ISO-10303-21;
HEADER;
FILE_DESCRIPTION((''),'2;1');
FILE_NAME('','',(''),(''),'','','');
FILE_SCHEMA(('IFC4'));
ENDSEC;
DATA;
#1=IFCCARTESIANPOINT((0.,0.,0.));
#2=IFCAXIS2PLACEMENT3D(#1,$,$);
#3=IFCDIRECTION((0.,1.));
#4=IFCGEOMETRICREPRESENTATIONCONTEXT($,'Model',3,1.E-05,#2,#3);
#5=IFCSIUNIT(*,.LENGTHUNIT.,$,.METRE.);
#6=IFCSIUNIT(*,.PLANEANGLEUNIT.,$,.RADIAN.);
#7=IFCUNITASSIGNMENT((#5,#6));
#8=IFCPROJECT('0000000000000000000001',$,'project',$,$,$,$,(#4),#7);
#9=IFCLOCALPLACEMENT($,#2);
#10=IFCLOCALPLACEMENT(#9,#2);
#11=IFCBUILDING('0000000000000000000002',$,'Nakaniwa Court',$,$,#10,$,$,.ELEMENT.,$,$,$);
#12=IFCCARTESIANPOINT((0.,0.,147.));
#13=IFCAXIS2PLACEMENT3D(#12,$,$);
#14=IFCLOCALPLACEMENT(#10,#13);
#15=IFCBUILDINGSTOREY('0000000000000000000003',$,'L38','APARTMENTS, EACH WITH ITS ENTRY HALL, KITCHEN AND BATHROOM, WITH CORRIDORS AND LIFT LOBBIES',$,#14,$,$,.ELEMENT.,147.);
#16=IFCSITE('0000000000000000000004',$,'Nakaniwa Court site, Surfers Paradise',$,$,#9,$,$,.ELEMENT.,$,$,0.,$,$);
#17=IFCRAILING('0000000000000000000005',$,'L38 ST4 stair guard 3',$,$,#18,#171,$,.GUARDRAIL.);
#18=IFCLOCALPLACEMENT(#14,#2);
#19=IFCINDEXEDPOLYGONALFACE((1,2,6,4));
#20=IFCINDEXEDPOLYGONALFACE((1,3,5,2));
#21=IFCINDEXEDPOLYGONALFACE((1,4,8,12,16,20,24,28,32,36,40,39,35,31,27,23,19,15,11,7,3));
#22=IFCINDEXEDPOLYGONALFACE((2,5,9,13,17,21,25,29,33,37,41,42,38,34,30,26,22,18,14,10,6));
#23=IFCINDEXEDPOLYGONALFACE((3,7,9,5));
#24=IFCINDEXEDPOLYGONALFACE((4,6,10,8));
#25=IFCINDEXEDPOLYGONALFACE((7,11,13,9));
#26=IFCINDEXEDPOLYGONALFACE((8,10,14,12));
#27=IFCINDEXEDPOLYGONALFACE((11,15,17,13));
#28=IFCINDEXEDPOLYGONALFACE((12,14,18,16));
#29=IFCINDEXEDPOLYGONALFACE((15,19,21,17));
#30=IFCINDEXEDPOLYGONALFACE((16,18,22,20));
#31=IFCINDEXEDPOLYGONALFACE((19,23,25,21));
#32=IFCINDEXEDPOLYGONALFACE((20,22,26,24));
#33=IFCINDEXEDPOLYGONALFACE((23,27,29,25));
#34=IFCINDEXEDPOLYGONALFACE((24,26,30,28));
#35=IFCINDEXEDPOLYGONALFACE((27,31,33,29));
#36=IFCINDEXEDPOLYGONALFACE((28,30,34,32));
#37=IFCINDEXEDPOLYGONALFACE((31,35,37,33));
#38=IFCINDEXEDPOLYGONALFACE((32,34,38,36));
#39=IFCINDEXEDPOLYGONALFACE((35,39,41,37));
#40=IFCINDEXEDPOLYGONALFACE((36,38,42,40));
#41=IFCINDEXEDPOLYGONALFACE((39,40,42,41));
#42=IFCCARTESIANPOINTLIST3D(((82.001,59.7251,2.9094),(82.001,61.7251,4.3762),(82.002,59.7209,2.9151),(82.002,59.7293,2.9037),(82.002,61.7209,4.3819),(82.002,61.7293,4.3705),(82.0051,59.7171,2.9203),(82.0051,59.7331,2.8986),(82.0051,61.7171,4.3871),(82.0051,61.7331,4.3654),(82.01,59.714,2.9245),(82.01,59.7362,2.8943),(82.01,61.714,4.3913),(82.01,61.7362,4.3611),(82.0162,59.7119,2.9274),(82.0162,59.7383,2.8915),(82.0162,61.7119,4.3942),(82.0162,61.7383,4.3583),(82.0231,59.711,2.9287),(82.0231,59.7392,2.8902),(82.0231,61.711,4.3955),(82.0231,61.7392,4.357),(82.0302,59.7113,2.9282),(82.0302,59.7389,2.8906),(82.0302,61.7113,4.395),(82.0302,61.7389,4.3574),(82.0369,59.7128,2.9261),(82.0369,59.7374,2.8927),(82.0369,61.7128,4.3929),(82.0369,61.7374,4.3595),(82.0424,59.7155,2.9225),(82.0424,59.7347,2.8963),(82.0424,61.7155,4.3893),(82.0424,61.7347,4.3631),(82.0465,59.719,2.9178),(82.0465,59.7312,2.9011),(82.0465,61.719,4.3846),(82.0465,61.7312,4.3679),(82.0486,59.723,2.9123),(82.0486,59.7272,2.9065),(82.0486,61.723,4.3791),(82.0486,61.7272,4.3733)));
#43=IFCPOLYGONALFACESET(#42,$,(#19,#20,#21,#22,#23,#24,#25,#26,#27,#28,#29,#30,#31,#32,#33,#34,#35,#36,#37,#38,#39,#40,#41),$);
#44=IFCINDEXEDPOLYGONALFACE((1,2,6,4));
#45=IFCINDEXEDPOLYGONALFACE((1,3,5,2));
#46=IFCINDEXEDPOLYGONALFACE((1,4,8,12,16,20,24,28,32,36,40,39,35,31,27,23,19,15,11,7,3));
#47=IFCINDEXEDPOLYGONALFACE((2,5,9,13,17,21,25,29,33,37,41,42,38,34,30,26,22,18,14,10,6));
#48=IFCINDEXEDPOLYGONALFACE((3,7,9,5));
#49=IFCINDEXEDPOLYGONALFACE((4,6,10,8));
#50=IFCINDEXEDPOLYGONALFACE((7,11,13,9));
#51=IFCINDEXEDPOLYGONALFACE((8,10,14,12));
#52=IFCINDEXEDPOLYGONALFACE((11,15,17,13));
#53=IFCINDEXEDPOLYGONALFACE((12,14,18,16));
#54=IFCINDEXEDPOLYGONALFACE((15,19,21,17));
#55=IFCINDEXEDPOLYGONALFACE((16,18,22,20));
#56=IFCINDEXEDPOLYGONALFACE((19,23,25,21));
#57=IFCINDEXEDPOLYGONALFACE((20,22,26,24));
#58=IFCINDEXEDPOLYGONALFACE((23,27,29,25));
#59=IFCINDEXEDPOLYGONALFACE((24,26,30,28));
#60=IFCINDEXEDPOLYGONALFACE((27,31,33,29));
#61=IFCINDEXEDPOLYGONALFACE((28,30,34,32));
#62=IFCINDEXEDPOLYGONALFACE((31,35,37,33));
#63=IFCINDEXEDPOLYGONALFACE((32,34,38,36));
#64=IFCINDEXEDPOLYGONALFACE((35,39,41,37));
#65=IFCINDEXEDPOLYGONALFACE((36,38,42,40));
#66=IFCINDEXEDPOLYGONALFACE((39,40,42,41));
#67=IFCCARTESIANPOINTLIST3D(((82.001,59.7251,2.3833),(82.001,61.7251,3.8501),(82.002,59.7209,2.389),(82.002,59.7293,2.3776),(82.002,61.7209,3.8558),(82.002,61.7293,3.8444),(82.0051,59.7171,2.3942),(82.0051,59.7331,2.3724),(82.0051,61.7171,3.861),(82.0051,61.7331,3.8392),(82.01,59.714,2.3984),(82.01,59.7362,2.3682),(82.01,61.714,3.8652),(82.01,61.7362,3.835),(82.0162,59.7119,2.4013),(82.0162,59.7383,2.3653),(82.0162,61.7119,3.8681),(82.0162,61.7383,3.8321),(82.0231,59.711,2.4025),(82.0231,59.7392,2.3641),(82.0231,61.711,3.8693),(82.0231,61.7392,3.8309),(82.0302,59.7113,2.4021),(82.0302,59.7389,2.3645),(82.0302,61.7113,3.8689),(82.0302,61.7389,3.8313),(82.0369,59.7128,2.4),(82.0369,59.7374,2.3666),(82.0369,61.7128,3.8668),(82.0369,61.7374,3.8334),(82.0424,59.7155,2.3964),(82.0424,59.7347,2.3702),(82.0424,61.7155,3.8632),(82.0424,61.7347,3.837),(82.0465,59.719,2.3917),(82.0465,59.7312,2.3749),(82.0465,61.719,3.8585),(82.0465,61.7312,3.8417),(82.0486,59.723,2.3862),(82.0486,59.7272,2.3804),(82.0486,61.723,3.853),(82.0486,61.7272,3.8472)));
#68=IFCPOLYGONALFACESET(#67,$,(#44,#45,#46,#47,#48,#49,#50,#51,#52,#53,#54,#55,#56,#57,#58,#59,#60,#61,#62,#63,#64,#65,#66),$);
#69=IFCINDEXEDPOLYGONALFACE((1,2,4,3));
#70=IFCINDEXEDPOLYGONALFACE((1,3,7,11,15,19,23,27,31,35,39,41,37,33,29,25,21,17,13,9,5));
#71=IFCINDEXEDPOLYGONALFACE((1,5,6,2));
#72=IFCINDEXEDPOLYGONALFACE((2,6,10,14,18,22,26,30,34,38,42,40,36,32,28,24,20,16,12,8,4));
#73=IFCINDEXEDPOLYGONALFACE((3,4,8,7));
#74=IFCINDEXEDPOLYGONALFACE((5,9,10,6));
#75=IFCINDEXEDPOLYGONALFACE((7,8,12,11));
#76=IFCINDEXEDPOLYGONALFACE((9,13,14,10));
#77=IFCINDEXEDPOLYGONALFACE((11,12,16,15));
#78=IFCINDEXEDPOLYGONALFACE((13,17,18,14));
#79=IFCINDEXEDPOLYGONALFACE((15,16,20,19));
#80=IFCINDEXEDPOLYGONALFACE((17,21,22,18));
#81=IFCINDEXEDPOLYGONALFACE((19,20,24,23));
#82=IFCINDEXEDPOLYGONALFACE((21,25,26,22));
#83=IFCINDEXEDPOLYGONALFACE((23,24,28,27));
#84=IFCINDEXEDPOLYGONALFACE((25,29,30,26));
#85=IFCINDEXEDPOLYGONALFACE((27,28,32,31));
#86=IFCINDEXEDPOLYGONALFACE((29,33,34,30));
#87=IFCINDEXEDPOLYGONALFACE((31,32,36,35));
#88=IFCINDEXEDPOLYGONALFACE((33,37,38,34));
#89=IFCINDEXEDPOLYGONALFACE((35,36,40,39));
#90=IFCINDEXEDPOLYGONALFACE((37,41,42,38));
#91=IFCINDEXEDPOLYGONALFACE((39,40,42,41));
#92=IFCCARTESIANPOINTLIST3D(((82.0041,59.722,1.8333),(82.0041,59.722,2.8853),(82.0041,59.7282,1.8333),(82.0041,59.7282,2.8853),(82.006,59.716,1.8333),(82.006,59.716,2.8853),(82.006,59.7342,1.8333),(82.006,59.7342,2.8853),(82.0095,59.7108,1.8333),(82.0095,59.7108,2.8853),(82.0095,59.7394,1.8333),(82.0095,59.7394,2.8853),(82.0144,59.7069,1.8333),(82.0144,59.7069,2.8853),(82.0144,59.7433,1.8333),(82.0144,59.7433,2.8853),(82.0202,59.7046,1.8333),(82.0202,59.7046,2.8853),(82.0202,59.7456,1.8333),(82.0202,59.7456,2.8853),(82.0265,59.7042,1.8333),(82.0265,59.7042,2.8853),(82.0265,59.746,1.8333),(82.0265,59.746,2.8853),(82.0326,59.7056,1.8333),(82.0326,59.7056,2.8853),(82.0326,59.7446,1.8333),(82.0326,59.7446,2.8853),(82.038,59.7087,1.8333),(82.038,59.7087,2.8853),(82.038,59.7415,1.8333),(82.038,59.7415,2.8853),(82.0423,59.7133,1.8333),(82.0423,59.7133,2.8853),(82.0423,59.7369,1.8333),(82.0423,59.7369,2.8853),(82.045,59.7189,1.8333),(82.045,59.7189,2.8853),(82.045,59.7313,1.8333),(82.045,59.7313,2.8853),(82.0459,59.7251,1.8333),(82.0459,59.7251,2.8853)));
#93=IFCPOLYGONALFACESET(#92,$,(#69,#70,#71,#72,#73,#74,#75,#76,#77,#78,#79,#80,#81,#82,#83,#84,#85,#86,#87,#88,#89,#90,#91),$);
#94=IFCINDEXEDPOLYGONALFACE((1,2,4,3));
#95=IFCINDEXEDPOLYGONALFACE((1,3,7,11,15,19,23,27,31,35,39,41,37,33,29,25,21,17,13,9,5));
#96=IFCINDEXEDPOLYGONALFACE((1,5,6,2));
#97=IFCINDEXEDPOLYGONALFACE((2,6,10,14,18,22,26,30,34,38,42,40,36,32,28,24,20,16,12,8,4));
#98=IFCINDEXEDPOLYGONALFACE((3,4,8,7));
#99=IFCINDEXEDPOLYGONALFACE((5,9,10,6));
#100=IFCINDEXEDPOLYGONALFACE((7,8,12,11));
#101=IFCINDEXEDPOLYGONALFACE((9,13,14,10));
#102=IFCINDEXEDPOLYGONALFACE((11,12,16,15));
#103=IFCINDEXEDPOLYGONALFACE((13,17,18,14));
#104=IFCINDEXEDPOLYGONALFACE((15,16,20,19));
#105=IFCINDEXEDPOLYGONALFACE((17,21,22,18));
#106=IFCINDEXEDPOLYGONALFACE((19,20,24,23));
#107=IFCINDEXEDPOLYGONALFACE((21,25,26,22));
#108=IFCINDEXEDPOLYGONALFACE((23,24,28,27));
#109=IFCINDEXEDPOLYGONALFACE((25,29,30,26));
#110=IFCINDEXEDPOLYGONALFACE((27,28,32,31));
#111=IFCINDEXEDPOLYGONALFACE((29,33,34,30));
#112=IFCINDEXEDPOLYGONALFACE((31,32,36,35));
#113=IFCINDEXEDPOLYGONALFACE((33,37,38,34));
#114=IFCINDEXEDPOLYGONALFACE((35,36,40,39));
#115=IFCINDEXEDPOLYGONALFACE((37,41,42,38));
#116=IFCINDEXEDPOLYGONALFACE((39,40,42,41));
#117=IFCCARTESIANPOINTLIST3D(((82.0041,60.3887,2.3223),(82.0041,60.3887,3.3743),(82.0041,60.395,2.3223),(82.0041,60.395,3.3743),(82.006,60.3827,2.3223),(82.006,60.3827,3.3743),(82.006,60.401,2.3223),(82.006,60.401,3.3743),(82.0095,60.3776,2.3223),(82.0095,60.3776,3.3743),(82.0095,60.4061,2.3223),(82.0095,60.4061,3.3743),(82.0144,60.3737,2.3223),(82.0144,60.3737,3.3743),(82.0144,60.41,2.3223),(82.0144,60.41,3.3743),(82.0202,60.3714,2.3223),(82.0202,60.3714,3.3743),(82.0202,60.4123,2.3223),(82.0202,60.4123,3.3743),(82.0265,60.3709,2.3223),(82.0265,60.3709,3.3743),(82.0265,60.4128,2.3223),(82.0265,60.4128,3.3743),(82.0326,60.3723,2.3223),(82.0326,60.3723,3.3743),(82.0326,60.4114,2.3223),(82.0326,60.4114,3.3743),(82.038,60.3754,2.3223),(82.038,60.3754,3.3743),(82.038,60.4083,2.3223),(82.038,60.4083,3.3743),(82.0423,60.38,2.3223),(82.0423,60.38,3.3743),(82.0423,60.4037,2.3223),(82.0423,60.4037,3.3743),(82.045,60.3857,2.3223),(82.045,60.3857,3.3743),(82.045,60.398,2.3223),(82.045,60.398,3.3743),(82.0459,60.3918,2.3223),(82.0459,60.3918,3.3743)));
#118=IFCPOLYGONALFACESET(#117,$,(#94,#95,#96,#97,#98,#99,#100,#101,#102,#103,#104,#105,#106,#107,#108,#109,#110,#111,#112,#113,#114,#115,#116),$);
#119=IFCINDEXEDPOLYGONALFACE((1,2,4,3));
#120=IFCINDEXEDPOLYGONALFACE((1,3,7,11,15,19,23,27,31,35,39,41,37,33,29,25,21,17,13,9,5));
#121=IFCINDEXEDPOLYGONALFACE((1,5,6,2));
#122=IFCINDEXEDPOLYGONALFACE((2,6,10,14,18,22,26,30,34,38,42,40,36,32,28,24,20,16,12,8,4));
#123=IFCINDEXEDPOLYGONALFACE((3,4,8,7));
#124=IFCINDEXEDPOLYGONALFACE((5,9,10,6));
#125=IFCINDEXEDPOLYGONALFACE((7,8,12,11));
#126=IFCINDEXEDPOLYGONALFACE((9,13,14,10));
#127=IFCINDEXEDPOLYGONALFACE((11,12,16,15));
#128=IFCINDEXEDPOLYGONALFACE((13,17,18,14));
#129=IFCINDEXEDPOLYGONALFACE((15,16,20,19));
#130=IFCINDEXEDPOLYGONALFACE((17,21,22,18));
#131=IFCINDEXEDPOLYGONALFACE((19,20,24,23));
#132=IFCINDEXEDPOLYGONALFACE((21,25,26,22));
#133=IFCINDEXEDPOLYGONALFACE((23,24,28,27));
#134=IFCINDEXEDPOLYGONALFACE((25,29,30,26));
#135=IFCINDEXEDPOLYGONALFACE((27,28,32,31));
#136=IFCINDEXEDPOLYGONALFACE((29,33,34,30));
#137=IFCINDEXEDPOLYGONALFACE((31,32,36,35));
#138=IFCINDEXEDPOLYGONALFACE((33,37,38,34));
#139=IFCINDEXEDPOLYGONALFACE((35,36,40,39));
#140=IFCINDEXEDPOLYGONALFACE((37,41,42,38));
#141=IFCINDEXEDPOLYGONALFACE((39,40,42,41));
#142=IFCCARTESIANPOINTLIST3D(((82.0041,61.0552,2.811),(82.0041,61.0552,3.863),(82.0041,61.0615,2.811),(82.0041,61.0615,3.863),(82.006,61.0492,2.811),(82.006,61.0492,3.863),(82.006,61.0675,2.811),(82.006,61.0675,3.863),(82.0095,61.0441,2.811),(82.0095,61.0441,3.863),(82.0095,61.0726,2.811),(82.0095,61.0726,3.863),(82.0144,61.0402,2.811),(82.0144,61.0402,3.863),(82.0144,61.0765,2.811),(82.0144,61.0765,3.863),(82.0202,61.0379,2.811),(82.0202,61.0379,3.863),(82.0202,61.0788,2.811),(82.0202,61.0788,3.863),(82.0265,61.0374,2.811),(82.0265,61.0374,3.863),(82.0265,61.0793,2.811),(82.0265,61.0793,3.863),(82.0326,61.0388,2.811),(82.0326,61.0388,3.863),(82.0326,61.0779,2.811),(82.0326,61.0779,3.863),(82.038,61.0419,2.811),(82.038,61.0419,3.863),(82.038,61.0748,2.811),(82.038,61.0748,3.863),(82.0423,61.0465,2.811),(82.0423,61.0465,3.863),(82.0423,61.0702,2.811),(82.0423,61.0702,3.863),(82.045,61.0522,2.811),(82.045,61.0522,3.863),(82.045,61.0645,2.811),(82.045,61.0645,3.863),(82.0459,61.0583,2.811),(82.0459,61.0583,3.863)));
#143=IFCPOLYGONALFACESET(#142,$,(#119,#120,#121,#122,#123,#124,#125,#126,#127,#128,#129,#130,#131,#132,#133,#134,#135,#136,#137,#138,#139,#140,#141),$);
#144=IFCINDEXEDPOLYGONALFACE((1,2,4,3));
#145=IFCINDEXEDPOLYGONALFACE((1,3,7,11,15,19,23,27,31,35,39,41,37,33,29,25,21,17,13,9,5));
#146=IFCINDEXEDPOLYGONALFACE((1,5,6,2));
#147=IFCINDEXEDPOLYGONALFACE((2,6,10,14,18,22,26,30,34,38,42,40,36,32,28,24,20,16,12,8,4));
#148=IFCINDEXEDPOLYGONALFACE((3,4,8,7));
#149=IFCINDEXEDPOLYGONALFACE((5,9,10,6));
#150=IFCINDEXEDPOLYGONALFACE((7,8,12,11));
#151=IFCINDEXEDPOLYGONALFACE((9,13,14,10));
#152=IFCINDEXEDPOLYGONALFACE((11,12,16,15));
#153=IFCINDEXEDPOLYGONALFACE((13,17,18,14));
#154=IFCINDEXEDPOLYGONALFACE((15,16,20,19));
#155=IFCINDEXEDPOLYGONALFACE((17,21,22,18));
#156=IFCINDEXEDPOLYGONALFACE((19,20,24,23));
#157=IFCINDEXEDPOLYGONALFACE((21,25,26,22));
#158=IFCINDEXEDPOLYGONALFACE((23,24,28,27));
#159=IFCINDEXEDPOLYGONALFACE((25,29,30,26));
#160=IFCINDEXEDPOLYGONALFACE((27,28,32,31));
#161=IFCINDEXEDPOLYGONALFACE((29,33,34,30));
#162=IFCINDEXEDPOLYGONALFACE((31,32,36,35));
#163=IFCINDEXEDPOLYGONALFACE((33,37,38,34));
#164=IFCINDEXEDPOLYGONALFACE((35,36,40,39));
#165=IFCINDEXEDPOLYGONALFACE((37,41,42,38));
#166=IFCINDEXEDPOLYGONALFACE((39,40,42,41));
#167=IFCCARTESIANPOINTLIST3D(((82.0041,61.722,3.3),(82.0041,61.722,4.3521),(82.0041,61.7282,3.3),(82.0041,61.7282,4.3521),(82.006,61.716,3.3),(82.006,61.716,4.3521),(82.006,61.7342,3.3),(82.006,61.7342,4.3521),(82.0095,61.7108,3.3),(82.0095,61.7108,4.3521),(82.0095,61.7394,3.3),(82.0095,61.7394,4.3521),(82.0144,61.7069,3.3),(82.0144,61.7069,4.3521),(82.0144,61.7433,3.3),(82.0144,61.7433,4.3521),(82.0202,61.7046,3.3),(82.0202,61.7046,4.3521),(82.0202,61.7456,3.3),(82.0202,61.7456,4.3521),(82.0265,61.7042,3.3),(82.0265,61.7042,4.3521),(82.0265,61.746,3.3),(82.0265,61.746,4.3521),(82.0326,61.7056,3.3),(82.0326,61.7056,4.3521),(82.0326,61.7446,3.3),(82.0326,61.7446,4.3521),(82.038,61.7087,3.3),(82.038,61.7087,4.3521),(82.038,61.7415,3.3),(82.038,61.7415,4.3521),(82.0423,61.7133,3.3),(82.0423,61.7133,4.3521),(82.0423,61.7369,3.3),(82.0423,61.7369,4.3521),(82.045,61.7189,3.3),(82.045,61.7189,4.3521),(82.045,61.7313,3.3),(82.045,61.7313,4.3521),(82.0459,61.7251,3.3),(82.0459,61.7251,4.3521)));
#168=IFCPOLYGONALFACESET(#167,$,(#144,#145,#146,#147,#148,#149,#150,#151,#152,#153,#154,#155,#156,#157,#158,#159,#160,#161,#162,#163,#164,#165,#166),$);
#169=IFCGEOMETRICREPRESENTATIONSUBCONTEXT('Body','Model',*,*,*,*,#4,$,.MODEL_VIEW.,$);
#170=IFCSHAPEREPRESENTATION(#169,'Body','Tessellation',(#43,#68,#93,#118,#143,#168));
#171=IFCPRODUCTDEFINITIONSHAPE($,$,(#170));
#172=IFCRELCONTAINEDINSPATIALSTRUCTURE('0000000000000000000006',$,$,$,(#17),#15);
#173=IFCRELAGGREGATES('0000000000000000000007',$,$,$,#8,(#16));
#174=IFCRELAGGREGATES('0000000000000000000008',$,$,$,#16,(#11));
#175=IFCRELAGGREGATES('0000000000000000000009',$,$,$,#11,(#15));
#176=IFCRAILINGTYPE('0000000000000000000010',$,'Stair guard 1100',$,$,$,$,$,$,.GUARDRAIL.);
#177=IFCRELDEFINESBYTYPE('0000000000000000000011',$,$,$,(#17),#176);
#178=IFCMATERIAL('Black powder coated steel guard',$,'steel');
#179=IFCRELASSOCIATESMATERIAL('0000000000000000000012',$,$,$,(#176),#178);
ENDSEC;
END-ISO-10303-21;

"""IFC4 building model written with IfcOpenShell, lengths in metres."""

from ifc_helpers import new_model, si_unit, direction, frame, origin, origin_2d, place, context, subcontext, project, spatial, circle, extrude, material, type_object, element, save


model = new_model("IFC4")

# Units and contexts
model_context = context("Model", 3, precision=1e-05, world=origin(), true_north=direction((0.0, 1.0)))
body_context = subcontext(model_context, "Body", "Model", "MODEL_VIEW")
ifc_project = project(units=[si_unit("LENGTHUNIT", "METRE"), si_unit("PLANEANGLEUNIT", "RADIAN")], contexts=[model_context])

# Site, building, storey
site_placement = place(None, origin())
site = spatial("IfcSite", under=ifc_project, at=site_placement, Name="Nakaniwa Court site, Surfers Paradise", CompositionType="ELEMENT", RefElevation=0.0)
building_placement = place(site_placement, origin())
building = spatial("IfcBuilding", under=site, at=building_placement, Name="Nakaniwa Court", CompositionType="ELEMENT")
storey_placement = place(building_placement, frame((0.0, 0.0, 147.0)))
storey = spatial("IfcBuildingStorey", under=building, at=storey_placement, Name="L38", Description="APARTMENTS, EACH WITH ITS ENTRY HALL, KITCHEN AND BATHROOM, WITH CORRIDORS AND LIFT LOBBIES", CompositionType="ELEMENT", Elevation=147.0)

# Railing
ifc_material_1 = material(Name="Black powder coated steel guard", Category="steel")
railing_type_1 = type_object("IfcRailingType", Name="Stair guard 1100", PredefinedType="GUARDRAIL", material=ifc_material_1)
railing_1_placement = place(storey_placement, frame((82.0249, 59.7251, 1.8333)))
element("IfcRailing", 1, at=railing_1_placement, inside=storey, type_object=railing_type_1, Name="L38 ST4 stair guard 3", PredefinedType="GUARDRAIL", context=body_context, shape_type="SweptSolid", body=[
    extrude(circle(Radius=0.0239, at=origin_2d()), frame((0.0, 0.0, 1.0762), z_axis=(0.0, 0.80638, 0.591398), x_axis=(-1.0, 0.0, 0.0)), (0.0, 0.0, 1.0), 2.4802),
    extrude(circle(Radius=0.0239, at=origin_2d()), frame((0.0, 0.0, 0.55), z_axis=(0.0, 0.80638, 0.591398), x_axis=(-1.0, 0.0, 0.0)), (0.0, 0.0, 1.0), 2.4802),
    extrude(circle(Radius=0.021, at=origin_2d()), origin(), (0.0, 0.0, 1.0), 1.052),
    extrude(circle(Radius=0.021, at=origin_2d()), frame((0.0, 0.6667, 0.489)), (0.0, 0.0, 1.0), 1.052),
    extrude(circle(Radius=0.021, at=origin_2d()), frame((0.0, 1.3333, 0.9778)), (0.0, 0.0, 1.0), 1.052),
    extrude(circle(Radius=0.021, at=origin_2d()), frame((0.0, 2.0, 1.4668)), (0.0, 0.0, 1.0), 1.052),
])

save(model, "model.ifc")
